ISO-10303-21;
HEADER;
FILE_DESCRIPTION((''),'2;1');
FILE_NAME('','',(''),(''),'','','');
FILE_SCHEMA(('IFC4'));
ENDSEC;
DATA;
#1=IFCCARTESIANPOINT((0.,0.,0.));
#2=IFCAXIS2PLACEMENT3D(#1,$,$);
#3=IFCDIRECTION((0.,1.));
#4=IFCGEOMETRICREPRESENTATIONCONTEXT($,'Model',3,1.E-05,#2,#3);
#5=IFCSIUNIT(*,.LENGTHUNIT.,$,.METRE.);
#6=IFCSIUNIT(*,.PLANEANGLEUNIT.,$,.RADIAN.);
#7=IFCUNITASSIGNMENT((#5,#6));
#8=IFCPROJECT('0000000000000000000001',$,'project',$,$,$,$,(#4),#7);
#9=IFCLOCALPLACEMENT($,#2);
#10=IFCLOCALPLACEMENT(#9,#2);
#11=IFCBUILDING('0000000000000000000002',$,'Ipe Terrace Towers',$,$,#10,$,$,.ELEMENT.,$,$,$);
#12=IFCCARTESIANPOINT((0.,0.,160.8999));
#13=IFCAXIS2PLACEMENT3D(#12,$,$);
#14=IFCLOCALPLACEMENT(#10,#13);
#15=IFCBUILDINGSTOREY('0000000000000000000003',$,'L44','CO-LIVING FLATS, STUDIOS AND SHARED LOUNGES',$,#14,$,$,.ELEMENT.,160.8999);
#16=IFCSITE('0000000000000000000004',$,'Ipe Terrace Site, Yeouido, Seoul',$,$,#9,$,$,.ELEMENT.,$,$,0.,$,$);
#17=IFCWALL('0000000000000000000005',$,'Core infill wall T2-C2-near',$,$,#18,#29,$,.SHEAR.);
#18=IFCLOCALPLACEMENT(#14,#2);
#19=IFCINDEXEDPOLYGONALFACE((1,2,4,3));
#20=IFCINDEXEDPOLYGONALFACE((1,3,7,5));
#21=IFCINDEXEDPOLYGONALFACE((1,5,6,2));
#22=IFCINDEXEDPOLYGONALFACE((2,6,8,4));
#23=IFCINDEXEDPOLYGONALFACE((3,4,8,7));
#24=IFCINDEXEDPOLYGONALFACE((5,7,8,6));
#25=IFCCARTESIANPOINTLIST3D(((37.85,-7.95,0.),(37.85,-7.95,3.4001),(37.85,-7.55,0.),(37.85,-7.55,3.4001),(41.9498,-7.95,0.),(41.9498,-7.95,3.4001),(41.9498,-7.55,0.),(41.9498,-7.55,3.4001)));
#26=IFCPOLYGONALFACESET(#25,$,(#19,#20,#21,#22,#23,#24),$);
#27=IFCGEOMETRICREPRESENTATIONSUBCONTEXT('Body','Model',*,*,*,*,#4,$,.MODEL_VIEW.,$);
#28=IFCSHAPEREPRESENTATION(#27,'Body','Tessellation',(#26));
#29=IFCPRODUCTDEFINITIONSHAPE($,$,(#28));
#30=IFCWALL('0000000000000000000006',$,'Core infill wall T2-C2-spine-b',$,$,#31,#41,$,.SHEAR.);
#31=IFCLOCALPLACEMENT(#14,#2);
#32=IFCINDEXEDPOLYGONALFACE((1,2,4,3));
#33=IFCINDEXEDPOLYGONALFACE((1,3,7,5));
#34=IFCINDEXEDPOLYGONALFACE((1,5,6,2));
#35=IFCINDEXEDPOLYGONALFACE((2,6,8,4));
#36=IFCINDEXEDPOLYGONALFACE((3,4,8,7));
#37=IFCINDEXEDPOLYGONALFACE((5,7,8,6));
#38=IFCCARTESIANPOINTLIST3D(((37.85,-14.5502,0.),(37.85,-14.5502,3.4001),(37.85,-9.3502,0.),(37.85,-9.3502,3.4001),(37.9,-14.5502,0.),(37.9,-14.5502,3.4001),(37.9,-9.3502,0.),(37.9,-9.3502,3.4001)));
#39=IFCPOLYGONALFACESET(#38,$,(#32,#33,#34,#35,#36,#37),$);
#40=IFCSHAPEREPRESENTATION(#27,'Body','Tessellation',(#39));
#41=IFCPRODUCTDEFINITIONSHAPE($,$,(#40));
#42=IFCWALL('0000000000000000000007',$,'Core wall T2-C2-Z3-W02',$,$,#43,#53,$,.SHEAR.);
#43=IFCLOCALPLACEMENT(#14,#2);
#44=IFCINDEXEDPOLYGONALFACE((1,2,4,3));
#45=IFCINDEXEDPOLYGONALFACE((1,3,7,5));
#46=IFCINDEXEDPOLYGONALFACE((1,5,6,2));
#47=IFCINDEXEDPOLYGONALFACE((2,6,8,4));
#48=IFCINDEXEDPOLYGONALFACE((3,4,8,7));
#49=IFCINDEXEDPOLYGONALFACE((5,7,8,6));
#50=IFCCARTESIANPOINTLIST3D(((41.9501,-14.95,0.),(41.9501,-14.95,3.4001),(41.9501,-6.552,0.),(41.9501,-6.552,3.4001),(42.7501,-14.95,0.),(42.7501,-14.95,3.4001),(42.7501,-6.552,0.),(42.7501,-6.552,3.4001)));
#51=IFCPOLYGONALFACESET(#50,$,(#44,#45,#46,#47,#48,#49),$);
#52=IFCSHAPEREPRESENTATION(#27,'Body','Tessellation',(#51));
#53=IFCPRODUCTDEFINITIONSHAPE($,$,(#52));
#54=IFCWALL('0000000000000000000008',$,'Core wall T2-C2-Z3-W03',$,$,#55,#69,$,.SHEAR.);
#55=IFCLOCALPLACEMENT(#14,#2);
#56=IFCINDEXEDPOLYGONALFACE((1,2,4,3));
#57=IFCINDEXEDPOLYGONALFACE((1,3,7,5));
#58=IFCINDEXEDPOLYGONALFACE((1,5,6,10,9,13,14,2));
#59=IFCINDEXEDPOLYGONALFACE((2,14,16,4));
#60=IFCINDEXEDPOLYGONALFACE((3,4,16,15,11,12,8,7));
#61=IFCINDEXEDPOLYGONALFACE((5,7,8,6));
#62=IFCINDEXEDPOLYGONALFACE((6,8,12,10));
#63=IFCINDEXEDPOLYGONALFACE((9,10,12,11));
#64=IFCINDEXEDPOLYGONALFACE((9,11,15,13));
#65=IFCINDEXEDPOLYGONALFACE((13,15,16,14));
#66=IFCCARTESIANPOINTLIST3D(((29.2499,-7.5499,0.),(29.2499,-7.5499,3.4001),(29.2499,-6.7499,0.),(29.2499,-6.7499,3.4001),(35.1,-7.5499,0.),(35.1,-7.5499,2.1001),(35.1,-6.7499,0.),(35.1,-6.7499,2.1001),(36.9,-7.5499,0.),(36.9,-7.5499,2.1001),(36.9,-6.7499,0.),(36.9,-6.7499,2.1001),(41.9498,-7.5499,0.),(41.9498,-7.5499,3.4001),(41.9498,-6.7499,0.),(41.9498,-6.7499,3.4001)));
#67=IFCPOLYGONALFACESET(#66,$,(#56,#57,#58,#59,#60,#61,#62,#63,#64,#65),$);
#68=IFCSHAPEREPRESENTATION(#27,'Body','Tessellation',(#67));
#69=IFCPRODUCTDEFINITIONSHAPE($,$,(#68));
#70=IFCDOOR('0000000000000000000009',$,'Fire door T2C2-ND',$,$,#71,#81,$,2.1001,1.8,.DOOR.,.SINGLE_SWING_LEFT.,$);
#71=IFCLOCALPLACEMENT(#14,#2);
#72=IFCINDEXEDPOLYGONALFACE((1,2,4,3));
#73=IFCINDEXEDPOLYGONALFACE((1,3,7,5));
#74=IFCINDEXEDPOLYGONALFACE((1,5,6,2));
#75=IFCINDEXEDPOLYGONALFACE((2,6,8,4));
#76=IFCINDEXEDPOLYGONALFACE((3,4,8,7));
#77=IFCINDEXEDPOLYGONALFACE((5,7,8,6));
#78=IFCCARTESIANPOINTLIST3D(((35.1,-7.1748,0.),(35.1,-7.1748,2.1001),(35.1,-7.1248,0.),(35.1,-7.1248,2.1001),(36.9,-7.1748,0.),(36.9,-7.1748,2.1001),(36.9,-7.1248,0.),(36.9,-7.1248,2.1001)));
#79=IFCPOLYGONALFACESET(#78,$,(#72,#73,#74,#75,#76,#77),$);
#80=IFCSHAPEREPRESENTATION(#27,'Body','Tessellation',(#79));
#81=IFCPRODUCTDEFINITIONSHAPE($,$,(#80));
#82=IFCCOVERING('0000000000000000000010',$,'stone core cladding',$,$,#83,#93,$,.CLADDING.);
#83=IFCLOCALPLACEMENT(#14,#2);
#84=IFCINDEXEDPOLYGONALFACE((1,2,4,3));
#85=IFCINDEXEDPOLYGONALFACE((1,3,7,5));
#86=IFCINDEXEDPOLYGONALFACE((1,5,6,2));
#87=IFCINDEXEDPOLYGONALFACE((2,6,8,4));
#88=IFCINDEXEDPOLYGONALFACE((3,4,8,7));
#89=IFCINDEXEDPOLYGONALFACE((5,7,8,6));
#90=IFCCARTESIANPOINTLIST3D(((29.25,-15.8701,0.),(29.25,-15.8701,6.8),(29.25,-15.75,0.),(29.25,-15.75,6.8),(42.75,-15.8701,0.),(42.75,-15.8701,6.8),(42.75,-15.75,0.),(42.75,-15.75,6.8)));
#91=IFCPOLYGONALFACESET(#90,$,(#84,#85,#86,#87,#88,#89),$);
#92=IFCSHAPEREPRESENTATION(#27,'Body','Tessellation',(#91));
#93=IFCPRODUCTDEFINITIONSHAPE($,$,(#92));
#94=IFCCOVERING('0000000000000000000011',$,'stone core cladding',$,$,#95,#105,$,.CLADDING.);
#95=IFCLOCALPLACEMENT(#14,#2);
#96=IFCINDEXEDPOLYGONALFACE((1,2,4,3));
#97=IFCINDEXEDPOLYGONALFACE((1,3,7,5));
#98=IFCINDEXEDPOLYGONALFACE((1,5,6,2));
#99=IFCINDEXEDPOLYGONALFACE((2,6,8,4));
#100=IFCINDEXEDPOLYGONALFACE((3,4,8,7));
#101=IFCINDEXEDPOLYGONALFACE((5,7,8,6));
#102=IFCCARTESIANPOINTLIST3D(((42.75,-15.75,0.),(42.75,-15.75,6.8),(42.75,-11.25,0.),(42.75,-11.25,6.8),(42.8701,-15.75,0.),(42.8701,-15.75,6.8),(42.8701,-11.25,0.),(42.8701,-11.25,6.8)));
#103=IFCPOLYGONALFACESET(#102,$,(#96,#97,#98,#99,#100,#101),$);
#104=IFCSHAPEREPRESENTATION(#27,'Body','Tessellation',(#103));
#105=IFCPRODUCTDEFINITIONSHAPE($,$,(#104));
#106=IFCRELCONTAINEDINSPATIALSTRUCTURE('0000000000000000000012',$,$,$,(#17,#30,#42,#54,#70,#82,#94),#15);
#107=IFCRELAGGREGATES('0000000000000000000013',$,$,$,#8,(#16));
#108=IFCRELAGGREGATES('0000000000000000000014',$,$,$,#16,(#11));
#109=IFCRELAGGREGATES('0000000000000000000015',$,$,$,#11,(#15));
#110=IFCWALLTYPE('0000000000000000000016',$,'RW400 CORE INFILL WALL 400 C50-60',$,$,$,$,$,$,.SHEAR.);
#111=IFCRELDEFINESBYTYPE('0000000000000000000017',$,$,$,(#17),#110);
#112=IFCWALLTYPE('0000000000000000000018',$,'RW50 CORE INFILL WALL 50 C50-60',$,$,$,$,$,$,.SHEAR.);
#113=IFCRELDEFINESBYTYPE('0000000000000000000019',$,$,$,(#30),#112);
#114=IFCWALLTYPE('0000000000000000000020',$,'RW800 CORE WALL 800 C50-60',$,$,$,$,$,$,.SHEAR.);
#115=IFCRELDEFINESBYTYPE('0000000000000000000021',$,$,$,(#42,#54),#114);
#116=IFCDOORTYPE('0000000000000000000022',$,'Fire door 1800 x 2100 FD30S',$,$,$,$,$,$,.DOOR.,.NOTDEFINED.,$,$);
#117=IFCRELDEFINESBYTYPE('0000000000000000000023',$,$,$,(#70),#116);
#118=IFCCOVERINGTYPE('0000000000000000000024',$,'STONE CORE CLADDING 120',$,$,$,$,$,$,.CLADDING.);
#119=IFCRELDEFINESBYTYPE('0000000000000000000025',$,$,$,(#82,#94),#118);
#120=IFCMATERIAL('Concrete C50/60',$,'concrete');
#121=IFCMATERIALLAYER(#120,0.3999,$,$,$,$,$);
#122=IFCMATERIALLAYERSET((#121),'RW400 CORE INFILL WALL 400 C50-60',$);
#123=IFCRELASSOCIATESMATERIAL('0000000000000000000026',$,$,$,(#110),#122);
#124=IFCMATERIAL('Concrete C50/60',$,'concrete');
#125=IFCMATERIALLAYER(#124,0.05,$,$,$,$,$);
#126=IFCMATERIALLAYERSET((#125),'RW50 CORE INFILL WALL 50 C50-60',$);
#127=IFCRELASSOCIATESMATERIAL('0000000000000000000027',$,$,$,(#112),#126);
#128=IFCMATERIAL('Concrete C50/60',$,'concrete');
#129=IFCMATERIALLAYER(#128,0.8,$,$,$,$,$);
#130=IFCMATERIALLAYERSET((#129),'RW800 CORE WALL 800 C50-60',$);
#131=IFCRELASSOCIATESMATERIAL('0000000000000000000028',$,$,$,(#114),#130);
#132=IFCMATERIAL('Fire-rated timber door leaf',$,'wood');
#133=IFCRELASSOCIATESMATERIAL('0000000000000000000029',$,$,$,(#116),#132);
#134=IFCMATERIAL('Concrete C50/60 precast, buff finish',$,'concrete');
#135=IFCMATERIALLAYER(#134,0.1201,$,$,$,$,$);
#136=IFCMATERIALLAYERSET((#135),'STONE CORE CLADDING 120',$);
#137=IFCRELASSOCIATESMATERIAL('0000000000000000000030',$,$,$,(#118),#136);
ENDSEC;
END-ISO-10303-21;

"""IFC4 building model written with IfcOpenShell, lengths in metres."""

from ifc_helpers import new_model, si_unit, direction, frame, frame_2d, origin, origin_2d, place, context, subcontext, project, spatial, rectangle, extrude, material, layer, layer_set, type_object, element, fill, save


model = new_model("IFC4")

# Units and contexts
model_context = context("Model", 3, precision=1e-05, world=origin(), true_north=direction((0.0, 1.0)))
body_context = subcontext(model_context, "Body", "Model", "MODEL_VIEW")
ifc_project = project(units=[si_unit("LENGTHUNIT", "METRE"), si_unit("PLANEANGLEUNIT", "RADIAN")], contexts=[model_context])

# Site, building, storey
site_placement = place(None, origin())
site = spatial("IfcSite", under=ifc_project, at=site_placement, Name="Ipe Terrace Site, Yeouido, Seoul", CompositionType="ELEMENT", RefElevation=0.0)
building_placement = place(site_placement, origin())
building = spatial("IfcBuilding", under=site, at=building_placement, Name="Ipe Terrace Towers", CompositionType="ELEMENT")
storey_placement = place(building_placement, frame((0.0, 0.0, 160.8999)))
storey = spatial("IfcBuildingStorey", under=building, at=storey_placement, Name="L44", Description="CO-LIVING FLATS, STUDIOS AND SHARED LOUNGES", CompositionType="ELEMENT", Elevation=160.8999)

# Walls
ifc_material_1 = material(Name="Concrete C50/60", Category="concrete")
ifc_layer_1 = layer(ifc_material_1, 0.3999)
ifc_layer_set_1 = layer_set([ifc_layer_1], Name="RW400 CORE INFILL WALL 400 C50-60")
wall_type_1 = type_object("IfcWallType", Name="RW400 CORE INFILL WALL 400 C50-60", PredefinedType="SHEAR", material=ifc_layer_set_1)
wall_1_placement = place(storey_placement, frame((37.8501, -7.75, 0.0), z_axis=(0.0, 0.0, 1.0), x_axis=(1.0, 0.0, 0.0)))
element("IfcWall", 1, at=wall_1_placement, inside=storey, type_object=wall_type_1, Name="Core infill wall T2-C2-near", PredefinedType="SHEAR", context=body_context, shape_type="SweptSolid", body=[
    extrude(rectangle(XDim=4.0999, YDim=0.3999, at=frame_2d((2.0498, 0.0))), origin(), (0.0, 0.0, 1.0), 3.4001),
])
ifc_material_2 = material(Name="Concrete C50/60", Category="concrete")
ifc_layer_2 = layer(ifc_material_2, 0.05)
ifc_layer_set_2 = layer_set([ifc_layer_2], Name="RW50 CORE INFILL WALL 50 C50-60")
wall_type_2 = type_object("IfcWallType", Name="RW50 CORE INFILL WALL 50 C50-60", PredefinedType="SHEAR", material=ifc_layer_set_2)
wall_2_placement = place(storey_placement, frame((37.875, -9.3501, 0.0), z_axis=(0.0, 0.0, 1.0), x_axis=(0.0, -1.0, 0.0)))
element("IfcWall", 2, at=wall_2_placement, inside=storey, type_object=wall_type_2, Name="Core infill wall T2-C2-spine-b", PredefinedType="SHEAR", context=body_context, shape_type="SweptSolid", body=[
    extrude(rectangle(XDim=5.2, YDim=0.05, at=frame_2d((2.6001, 0.0))), origin(), (0.0, 0.0, 1.0), 3.4001),
])
ifc_material_3 = material(Name="Concrete C50/60", Category="concrete")
ifc_layer_3 = layer(ifc_material_3, 0.8)
ifc_layer_set_3 = layer_set([ifc_layer_3], Name="RW800 CORE WALL 800 C50-60")
wall_type_3 = type_object("IfcWallType", Name="RW800 CORE WALL 800 C50-60", PredefinedType="SHEAR", material=ifc_layer_set_3)
wall_3_placement = place(storey_placement, frame((42.3501, -14.95, 0.0), z_axis=(0.0, 0.0, 1.0), x_axis=(0.0, 1.0, 0.0)))
element("IfcWall", 3, at=wall_3_placement, inside=storey, type_object=wall_type_3, Name="Core wall T2-C2-Z3-W02", PredefinedType="SHEAR", context=body_context, shape_type="SweptSolid", body=[
    extrude(rectangle(XDim=8.3979, YDim=0.8, at=frame_2d((4.199, 0.0))), origin(), (0.0, 0.0, 1.0), 3.4001),
])

# Wall, opening, door
wall_4_placement = place(storey_placement, frame((41.95, -7.1499, 0.0), z_axis=(0.0, 0.0, 1.0), x_axis=(-1.0, 0.0, 0.0)))
wall_4 = element("IfcWall", 4, at=wall_4_placement, inside=storey, type_object=wall_type_3, Name="Core wall T2-C2-Z3-W03", PredefinedType="SHEAR", context=body_context, shape_type="SweptSolid", body=[
    extrude(rectangle(XDim=12.7, YDim=0.8, at=frame_2d((6.3501, 0.0))), origin(), (0.0, 0.0, 1.0), 3.4001),
])
opening_1_placement = place(wall_4_placement, frame((5.05, 0.0, 0.0)))
opening_1 = element("IfcOpeningElement", 5, at=opening_1_placement, cuts=wall_4, PredefinedType="OPENING", context=body_context, shape_type="SweptSolid", body=[
    extrude(rectangle(XDim=1.8, YDim=2.1001, at=frame_2d((0.8999, 1.05))), frame((0.0, 0.4102, 0.0), z_axis=(0.0, -1.0, 0.0), x_axis=(1.0, 0.0, 0.0)), (0.0, 0.0, 1.0), 0.8201),
])
ifc_material_4 = material(Name="Fire-rated timber door leaf", Category="wood")
door_type_1 = type_object("IfcDoorType", Name="Fire door 1800 x 2100 FD30S", OperationType="NOTDEFINED", PredefinedType="DOOR", material=ifc_material_4)
door_1_placement = place(opening_1_placement, origin())
door_1 = element("IfcDoor", 6, at=door_1_placement, inside=storey, type_object=door_type_1, Name="Fire door T2C2-ND", OperationType="SINGLE_SWING_LEFT", OverallHeight=2.1001, OverallWidth=1.8, PredefinedType="DOOR", context=body_context, shape_type="SweptSolid", body=[
    extrude(rectangle(XDim=1.8, YDim=2.1001, at=frame_2d((0.8999, 1.05))), frame((0.0, 0.0249, 0.0), z_axis=(0.0, -1.0, 0.0), x_axis=(1.0, 0.0, 0.0)), (0.0, 0.0, 1.0), 0.05),
])
fill(opening_1, door_1)

# Coverings
ifc_material_5 = material(Name="Concrete C50/60 precast, buff finish", Category="concrete")
ifc_layer_4 = layer(ifc_material_5, 0.1201)
ifc_layer_set_4 = layer_set([ifc_layer_4], Name="STONE CORE CLADDING 120")
covering_type = type_object("IfcCoveringType", Name="STONE CORE CLADDING 120", PredefinedType="CLADDING", material=ifc_layer_set_4)
covering_1_placement = place(storey_placement, frame((36.0, -15.8101, 0.0), z_axis=(0.0, 0.0, 1.0), x_axis=(1.0, 0.0, 0.0)))
element("IfcCovering", 7, at=covering_1_placement, inside=storey, type_object=covering_type, Name="stone core cladding", PredefinedType="CLADDING", context=body_context, shape_type="SweptSolid", body=[
    extrude(rectangle(XDim=13.5, YDim=0.1201, at=origin_2d()), origin(), (0.0, 0.0, 1.0), 6.8),
])
covering_2_placement = place(storey_placement, frame((42.8101, -13.5, 0.0), z_axis=(0.0, 0.0, 1.0), x_axis=(0.0, 1.0, 0.0)))
element("IfcCovering", 8, at=covering_2_placement, inside=storey, type_object=covering_type, Name="stone core cladding", PredefinedType="CLADDING", context=body_context, shape_type="SweptSolid", body=[
    extrude(rectangle(XDim=4.5, YDim=0.1201, at=origin_2d()), origin(), (0.0, 0.0, 1.0), 6.8),
])

save(model, "model.ifc")
